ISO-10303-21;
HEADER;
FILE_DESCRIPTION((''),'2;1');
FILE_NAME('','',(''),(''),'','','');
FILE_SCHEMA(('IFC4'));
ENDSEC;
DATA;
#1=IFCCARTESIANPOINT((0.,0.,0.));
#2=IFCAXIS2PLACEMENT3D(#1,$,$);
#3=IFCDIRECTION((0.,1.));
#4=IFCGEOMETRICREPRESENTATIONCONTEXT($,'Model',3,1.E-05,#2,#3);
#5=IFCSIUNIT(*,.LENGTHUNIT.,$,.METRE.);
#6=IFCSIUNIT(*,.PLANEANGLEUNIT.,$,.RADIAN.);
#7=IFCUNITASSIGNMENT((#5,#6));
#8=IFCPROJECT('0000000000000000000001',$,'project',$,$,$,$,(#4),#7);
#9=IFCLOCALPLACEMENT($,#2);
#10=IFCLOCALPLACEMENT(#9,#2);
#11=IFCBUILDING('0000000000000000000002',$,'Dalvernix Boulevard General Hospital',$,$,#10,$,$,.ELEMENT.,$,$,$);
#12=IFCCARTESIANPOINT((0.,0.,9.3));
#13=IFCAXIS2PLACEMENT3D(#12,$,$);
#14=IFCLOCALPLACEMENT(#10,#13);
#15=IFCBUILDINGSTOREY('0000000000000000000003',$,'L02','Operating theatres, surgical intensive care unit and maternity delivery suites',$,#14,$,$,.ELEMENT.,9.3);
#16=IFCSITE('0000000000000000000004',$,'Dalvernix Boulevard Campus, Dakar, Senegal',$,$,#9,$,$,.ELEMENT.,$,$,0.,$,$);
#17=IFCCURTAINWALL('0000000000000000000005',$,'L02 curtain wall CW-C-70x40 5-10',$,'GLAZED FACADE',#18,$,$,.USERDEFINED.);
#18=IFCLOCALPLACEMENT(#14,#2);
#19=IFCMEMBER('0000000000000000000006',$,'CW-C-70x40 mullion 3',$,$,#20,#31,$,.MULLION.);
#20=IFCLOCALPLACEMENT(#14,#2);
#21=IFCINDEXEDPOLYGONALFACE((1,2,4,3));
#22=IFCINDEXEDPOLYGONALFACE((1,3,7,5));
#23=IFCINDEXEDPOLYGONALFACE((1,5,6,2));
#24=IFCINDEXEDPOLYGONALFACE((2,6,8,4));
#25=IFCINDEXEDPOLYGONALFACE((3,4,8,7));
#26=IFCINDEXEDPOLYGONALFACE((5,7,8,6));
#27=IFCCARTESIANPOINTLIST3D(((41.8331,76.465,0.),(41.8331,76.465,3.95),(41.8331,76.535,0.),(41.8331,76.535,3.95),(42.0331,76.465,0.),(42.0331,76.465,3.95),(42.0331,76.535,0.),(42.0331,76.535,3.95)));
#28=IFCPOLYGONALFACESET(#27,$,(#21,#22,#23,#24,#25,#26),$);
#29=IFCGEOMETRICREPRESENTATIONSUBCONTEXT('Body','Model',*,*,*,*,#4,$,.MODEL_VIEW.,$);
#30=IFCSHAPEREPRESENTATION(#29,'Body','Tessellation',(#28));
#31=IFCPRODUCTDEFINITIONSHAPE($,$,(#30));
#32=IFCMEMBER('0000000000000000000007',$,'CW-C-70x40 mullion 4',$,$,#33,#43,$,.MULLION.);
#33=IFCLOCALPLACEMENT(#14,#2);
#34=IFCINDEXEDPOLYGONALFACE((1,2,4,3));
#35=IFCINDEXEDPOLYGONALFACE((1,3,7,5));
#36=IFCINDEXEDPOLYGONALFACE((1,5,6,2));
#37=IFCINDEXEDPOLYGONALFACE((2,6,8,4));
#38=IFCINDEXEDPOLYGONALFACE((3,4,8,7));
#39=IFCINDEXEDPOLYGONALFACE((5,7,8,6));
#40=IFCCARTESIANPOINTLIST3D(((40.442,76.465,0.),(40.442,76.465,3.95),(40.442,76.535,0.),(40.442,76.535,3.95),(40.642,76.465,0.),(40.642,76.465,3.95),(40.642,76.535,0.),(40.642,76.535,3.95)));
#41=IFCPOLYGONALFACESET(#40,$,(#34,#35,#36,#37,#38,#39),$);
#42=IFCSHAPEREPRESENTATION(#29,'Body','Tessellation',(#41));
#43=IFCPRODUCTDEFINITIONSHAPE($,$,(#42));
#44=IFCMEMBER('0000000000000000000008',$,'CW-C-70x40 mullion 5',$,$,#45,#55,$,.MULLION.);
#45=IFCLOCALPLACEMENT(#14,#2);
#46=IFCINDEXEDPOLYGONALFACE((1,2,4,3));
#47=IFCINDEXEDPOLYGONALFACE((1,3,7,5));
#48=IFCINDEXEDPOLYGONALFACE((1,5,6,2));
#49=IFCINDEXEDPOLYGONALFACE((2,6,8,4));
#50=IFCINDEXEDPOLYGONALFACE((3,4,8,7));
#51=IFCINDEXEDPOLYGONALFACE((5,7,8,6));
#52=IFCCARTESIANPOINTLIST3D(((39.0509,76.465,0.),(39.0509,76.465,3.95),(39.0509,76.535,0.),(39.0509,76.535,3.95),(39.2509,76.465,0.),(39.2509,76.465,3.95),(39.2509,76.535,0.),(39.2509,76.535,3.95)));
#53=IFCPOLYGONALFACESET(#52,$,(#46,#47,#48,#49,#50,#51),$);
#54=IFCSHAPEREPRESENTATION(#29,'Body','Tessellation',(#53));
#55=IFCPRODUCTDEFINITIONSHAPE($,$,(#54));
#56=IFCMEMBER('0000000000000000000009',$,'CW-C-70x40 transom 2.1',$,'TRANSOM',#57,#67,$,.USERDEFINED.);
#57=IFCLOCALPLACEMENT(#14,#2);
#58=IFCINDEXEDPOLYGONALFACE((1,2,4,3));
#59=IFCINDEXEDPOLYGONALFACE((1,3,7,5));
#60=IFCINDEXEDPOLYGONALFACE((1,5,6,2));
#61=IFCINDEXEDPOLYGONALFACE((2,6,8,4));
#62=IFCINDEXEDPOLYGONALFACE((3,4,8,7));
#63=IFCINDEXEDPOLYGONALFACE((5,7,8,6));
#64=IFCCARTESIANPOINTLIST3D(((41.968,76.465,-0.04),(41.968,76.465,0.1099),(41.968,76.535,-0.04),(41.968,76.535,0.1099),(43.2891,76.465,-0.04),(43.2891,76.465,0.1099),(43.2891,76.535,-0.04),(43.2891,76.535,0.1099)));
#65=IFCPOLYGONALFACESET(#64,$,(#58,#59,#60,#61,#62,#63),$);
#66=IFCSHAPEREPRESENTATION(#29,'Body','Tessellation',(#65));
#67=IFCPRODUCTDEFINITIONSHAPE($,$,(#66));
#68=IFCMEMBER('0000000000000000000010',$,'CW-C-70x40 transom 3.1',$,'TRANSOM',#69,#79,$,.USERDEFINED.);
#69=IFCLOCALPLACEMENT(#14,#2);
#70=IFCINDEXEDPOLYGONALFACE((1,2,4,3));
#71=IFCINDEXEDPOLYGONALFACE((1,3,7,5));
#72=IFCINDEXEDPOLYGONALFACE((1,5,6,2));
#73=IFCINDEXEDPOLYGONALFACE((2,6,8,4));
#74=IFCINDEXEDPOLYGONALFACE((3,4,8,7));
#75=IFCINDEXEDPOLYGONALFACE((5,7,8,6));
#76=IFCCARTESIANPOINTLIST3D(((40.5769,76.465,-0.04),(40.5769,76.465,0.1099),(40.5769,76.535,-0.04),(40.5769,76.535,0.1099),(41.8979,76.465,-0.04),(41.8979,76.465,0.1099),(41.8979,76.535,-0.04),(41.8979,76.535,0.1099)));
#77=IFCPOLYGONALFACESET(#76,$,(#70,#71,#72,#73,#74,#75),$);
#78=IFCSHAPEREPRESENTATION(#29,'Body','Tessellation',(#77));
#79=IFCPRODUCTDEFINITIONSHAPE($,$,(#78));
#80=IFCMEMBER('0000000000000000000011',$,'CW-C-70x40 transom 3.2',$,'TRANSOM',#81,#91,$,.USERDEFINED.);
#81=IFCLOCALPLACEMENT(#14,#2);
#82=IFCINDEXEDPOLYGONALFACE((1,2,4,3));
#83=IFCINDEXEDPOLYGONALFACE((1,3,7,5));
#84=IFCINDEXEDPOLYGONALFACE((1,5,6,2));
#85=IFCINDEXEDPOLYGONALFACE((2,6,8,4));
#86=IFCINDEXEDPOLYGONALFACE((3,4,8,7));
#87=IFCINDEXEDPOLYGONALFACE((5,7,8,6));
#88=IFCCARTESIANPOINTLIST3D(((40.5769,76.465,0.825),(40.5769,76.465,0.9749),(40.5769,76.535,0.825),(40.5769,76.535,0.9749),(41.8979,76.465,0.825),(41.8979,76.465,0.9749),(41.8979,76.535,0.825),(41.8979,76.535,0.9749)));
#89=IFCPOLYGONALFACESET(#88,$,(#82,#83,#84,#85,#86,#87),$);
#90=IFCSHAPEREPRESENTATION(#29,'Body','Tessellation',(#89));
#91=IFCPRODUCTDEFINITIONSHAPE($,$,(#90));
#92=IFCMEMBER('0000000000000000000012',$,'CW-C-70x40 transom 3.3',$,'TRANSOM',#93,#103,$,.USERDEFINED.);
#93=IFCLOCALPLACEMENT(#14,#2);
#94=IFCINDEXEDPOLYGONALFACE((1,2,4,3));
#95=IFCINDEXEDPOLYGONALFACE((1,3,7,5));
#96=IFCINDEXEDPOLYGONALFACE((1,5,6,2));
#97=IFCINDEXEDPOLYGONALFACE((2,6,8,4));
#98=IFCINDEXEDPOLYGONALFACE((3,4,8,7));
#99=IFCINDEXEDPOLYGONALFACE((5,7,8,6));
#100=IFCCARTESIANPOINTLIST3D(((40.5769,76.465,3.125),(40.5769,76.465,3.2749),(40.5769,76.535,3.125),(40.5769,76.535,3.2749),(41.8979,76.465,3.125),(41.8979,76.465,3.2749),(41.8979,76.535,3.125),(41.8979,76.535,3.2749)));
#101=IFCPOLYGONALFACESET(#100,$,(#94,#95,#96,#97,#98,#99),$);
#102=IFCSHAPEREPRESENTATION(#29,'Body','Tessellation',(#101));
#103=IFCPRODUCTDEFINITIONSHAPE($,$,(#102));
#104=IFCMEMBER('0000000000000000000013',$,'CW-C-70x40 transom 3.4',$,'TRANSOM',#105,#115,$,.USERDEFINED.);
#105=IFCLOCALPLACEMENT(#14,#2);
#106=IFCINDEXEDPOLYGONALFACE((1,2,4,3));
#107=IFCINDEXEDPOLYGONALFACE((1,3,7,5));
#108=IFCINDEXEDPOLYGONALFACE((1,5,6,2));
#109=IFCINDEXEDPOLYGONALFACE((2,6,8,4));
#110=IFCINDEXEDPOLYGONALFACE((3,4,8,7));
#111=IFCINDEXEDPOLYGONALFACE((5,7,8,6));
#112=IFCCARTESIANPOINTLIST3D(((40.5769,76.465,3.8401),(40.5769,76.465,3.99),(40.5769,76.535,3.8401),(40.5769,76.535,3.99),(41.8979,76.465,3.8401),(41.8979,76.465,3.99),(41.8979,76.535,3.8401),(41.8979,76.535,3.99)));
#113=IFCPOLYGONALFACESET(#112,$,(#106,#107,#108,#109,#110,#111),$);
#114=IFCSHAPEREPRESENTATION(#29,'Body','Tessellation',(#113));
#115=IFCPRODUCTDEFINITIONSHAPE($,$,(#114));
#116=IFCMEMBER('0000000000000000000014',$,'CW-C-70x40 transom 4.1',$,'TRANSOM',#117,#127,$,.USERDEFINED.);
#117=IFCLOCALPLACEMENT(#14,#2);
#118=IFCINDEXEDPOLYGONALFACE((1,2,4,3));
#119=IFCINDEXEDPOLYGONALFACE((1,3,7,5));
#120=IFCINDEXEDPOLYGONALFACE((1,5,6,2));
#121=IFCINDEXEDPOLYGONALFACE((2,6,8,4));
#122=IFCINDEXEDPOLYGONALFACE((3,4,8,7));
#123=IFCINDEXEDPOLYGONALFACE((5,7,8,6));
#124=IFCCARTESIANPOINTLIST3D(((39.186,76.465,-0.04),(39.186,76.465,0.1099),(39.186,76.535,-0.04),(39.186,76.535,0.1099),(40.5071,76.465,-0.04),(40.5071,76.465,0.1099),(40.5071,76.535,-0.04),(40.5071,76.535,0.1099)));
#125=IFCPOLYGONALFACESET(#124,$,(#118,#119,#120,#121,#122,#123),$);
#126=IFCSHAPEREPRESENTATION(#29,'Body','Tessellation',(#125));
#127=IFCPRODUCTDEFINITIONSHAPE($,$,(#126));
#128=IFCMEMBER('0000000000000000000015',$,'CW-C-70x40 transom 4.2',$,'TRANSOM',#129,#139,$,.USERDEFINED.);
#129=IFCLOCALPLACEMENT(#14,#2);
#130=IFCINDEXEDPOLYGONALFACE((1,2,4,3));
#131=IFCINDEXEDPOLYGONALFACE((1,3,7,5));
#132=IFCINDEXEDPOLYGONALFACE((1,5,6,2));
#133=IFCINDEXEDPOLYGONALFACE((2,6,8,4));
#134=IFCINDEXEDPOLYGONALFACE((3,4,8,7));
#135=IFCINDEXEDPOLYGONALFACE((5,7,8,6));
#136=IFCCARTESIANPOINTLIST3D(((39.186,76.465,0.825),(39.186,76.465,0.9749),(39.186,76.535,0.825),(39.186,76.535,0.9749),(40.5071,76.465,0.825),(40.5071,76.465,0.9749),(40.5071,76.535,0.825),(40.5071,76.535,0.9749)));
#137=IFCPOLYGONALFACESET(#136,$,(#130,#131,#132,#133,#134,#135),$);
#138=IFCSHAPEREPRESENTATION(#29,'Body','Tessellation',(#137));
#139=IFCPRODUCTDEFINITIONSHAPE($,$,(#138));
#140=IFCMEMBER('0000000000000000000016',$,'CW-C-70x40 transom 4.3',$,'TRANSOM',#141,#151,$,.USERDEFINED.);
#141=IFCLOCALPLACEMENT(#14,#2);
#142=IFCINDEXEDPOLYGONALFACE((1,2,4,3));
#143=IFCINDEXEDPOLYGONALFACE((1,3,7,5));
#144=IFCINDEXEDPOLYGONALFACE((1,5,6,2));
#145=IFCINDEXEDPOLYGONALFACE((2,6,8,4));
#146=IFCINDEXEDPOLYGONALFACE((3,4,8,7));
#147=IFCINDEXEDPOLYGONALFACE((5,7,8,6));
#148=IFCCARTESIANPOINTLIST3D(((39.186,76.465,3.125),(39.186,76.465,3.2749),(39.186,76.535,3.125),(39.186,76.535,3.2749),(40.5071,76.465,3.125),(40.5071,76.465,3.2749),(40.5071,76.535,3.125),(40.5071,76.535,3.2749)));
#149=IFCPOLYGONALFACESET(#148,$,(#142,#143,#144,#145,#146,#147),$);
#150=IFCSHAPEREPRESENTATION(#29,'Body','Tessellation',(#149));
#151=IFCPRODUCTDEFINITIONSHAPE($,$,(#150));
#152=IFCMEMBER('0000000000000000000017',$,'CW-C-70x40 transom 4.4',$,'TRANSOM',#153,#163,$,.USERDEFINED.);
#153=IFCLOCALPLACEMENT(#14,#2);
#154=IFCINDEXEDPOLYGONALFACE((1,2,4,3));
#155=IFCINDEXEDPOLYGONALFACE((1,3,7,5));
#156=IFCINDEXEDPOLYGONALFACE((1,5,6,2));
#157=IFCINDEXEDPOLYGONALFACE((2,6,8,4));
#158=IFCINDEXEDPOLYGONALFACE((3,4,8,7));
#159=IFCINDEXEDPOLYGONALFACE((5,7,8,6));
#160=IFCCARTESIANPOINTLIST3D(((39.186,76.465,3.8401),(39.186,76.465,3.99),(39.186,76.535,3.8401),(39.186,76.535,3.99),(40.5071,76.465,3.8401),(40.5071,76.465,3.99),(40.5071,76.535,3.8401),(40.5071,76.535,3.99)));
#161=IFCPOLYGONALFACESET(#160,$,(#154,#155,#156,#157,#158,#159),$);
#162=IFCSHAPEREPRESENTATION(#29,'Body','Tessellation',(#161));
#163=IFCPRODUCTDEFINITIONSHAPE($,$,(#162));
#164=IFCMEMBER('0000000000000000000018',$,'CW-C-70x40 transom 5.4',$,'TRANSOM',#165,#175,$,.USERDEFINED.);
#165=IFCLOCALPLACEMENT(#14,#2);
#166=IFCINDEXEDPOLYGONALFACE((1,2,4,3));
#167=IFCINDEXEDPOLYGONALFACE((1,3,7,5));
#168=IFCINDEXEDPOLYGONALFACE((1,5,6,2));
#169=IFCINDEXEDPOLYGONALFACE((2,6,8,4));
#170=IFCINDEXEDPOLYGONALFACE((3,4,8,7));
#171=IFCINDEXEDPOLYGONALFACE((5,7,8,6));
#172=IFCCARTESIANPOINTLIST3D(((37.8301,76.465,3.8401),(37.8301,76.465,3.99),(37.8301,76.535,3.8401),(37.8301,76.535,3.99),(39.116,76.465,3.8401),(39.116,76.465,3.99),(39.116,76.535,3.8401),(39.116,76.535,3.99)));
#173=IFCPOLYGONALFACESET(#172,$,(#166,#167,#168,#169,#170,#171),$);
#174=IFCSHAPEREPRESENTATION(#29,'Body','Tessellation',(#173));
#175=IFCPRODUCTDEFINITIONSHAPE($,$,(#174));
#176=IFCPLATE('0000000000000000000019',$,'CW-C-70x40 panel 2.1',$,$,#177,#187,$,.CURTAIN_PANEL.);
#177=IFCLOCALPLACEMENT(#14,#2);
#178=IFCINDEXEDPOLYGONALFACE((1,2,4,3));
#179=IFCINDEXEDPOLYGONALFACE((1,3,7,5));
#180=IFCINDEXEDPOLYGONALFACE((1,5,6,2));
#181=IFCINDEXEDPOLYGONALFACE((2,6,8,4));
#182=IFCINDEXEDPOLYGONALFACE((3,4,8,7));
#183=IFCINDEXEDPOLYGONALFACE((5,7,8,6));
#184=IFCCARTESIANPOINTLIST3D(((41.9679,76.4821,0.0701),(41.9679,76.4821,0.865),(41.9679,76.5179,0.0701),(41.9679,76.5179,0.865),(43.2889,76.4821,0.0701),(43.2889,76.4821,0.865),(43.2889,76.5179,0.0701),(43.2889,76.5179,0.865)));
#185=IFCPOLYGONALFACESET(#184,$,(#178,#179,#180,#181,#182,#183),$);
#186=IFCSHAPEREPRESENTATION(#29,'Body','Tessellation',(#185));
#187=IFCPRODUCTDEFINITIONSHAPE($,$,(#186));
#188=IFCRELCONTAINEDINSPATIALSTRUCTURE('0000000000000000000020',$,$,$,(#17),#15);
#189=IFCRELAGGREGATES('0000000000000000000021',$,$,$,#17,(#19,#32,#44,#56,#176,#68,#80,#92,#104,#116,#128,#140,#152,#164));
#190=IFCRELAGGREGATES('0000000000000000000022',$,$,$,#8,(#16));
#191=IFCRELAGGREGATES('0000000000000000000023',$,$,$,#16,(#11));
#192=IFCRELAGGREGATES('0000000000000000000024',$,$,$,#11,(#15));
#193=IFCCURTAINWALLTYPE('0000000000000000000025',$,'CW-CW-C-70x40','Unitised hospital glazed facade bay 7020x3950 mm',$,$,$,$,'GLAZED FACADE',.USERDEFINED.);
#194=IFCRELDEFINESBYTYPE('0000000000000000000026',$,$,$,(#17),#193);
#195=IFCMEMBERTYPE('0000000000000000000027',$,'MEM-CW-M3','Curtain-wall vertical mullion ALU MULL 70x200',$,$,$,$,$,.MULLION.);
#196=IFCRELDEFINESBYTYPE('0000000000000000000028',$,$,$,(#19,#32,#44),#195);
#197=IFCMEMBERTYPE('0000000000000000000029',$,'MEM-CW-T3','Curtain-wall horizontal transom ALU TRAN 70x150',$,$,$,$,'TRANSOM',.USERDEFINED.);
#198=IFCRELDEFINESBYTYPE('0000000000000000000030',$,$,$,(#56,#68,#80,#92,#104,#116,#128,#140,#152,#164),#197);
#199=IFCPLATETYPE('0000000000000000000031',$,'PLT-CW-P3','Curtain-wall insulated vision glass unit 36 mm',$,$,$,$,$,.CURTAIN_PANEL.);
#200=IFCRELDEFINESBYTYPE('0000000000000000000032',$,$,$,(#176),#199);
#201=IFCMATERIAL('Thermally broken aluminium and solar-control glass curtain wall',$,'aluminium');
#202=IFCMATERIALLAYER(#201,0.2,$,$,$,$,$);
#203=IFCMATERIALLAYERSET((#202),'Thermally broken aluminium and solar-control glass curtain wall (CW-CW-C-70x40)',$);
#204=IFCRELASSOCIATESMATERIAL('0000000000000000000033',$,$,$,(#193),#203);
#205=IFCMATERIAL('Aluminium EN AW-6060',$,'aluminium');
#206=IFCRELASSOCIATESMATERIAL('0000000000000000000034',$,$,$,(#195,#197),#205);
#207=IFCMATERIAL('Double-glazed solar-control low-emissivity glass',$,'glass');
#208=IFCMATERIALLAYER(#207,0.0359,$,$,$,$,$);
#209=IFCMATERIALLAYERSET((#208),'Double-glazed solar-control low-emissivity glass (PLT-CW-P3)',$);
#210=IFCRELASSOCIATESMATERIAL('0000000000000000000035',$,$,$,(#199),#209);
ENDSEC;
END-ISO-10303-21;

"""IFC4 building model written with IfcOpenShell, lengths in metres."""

from ifc_helpers import new_model, si_unit, direction, frame, origin, origin_2d, place, context, subcontext, project, spatial, rectangle, extrude, material, layer, layer_set, material_profile, profile_set, type_object, element, aggregate, save


model = new_model("IFC4")

# Units and contexts
model_context = context("Model", 3, precision=1e-05, world=origin(), true_north=direction((0.0, 1.0)))
body_context = subcontext(model_context, "Body", "Model", "MODEL_VIEW")
ifc_project = project(units=[si_unit("LENGTHUNIT", "METRE"), si_unit("PLANEANGLEUNIT", "RADIAN")], contexts=[model_context])

# Site, building, storey
site_placement = place(None, origin())
site = spatial("IfcSite", under=ifc_project, at=site_placement, Name="Dalvernix Boulevard Campus, Dakar, Senegal", CompositionType="ELEMENT", RefElevation=0.0)
building_placement = place(site_placement, origin())
building = spatial("IfcBuilding", under=site, at=building_placement, Name="Dalvernix Boulevard General Hospital", CompositionType="ELEMENT")
storey_placement = place(building_placement, frame((0.0, 0.0, 9.3)))
storey = spatial("IfcBuildingStorey", under=building, at=storey_placement, Name="L02", Description="Operating theatres, surgical intensive care unit and maternity delivery suites", CompositionType="ELEMENT", Elevation=9.3)

# Curtain wall, members, plate
ifc_material_1 = material(Name="Thermally broken aluminium and solar-control glass curtain wall", Category="aluminium")
ifc_layer_1 = layer(ifc_material_1, 0.2)
ifc_layer_set_1 = layer_set([ifc_layer_1], Name="Thermally broken aluminium and solar-control glass curtain wall (CW-CW-C-70x40)")
curtain_wall_type = type_object("IfcCurtainWallType", Name="CW-CW-C-70x40", Description="Unitised hospital glazed facade bay 7020x3950 mm", ElementType="GLAZED FACADE", PredefinedType="USERDEFINED", material=ifc_layer_set_1)
curtain_wall_placement = place(storey_placement, origin())
curtain_wall = element("IfcCurtainWall", 1, at=curtain_wall_placement, inside=storey, type_object=curtain_wall_type, Name="L02 curtain wall CW-C-70x40 5-10", ObjectType="GLAZED FACADE", PredefinedType="USERDEFINED")
ifc_material_2 = material(Name="Aluminium EN AW-6060", Category="aluminium")
ifc_material_profile_1 = material_profile(ifc_material_2, rectangle(XDim=0.0701, YDim=0.2, at=origin_2d()), Name="ALU MULL 70x200")
ifc_profile_set_1 = profile_set([ifc_material_profile_1], Name="Aluminium EN AW-6060")
member_type_1 = type_object("IfcMemberType", Name="MEM-CW-M3", Description="Curtain-wall vertical mullion ALU MULL 70x200", PredefinedType="MULLION", material=ifc_profile_set_1)
member_1_placement = place(storey_placement, frame((41.9331, 76.5, 0.0), z_axis=(0.0, 0.0, 1.0), x_axis=(0.0, -1.0, 0.0)))
member_1 = element("IfcMember", 2, at=member_1_placement, type_object=member_type_1, Name="CW-C-70x40 mullion 3", PredefinedType="MULLION", context=body_context, shape_type="SweptSolid", body=[
    extrude(rectangle(XDim=0.0701, YDim=0.2, at=origin_2d()), origin(), (0.0, 0.0, 1.0), 3.95),
])
member_2_placement = place(storey_placement, frame((40.542, 76.5, 0.0), z_axis=(0.0, 0.0, 1.0), x_axis=(0.0, -1.0, 0.0)))
member_2 = element("IfcMember", 3, at=member_2_placement, type_object=member_type_1, Name="CW-C-70x40 mullion 4", PredefinedType="MULLION", context=body_context, shape_type="SweptSolid", body=[
    extrude(rectangle(XDim=0.0701, YDim=0.2, at=origin_2d()), origin(), (0.0, 0.0, 1.0), 3.95),
])
member_3_placement = place(storey_placement, frame((39.1509, 76.5, 0.0), z_axis=(0.0, 0.0, 1.0), x_axis=(0.0, -1.0, 0.0)))
member_3 = element("IfcMember", 4, at=member_3_placement, type_object=member_type_1, Name="CW-C-70x40 mullion 5", PredefinedType="MULLION", context=body_context, shape_type="SweptSolid", body=[
    extrude(rectangle(XDim=0.0701, YDim=0.2, at=origin_2d()), origin(), (0.0, 0.0, 1.0), 3.95),
])
ifc_material_profile_2 = material_profile(ifc_material_2, rectangle(XDim=0.0701, YDim=0.1499, at=origin_2d()), Name="ALU TRAN 70x150")
ifc_profile_set_2 = profile_set([ifc_material_profile_2], Name="Aluminium EN AW-6060")
member_type_2 = type_object("IfcMemberType", Name="MEM-CW-T3", Description="Curtain-wall horizontal transom ALU TRAN 70x150", ElementType="TRANSOM", PredefinedType="USERDEFINED", material=ifc_profile_set_2)
member_4_placement = place(storey_placement, frame((43.2891, 76.5, 0.0349), z_axis=(-1.0, 0.0, 0.0), x_axis=(0.0, -1.0, 0.0)))
member_4 = element("IfcMember", 5, at=member_4_placement, type_object=member_type_2, Name="CW-C-70x40 transom 2.1", ObjectType="TRANSOM", PredefinedType="USERDEFINED", context=body_context, shape_type="SweptSolid", body=[
    extrude(rectangle(XDim=0.0701, YDim=0.1499, at=origin_2d()), origin(), (0.0, 0.0, 1.0), 1.321),
])
member_5_placement = place(storey_placement, frame((41.8979, 76.5, 0.0349), z_axis=(-1.0, 0.0, 0.0), x_axis=(0.0, -1.0, 0.0)))
member_5 = element("IfcMember", 6, at=member_5_placement, type_object=member_type_2, Name="CW-C-70x40 transom 3.1", ObjectType="TRANSOM", PredefinedType="USERDEFINED", context=body_context, shape_type="SweptSolid", body=[
    extrude(rectangle(XDim=0.0701, YDim=0.1499, at=origin_2d()), origin(), (0.0, 0.0, 1.0), 1.321),
])
member_6_placement = place(storey_placement, frame((41.8979, 76.5, 0.8999), z_axis=(-1.0, 0.0, 0.0), x_axis=(0.0, -1.0, 0.0)))
member_6 = element("IfcMember", 7, at=member_6_placement, type_object=member_type_2, Name="CW-C-70x40 transom 3.2", ObjectType="TRANSOM", PredefinedType="USERDEFINED", context=body_context, shape_type="SweptSolid", body=[
    extrude(rectangle(XDim=0.0701, YDim=0.1499, at=origin_2d()), origin(), (0.0, 0.0, 1.0), 1.321),
])
member_7_placement = place(storey_placement, frame((41.8979, 76.5, 3.2), z_axis=(-1.0, 0.0, 0.0), x_axis=(0.0, -1.0, 0.0)))
member_7 = element("IfcMember", 8, at=member_7_placement, type_object=member_type_2, Name="CW-C-70x40 transom 3.3", ObjectType="TRANSOM", PredefinedType="USERDEFINED", context=body_context, shape_type="SweptSolid", body=[
    extrude(rectangle(XDim=0.0701, YDim=0.1499, at=origin_2d()), origin(), (0.0, 0.0, 1.0), 1.321),
])
member_8_placement = place(storey_placement, frame((41.8979, 76.5, 3.915), z_axis=(-1.0, 0.0, 0.0), x_axis=(0.0, -1.0, 0.0)))
member_8 = element("IfcMember", 9, at=member_8_placement, type_object=member_type_2, Name="CW-C-70x40 transom 3.4", ObjectType="TRANSOM", PredefinedType="USERDEFINED", context=body_context, shape_type="SweptSolid", body=[
    extrude(rectangle(XDim=0.0701, YDim=0.1499, at=origin_2d()), origin(), (0.0, 0.0, 1.0), 1.321),
])
member_9_placement = place(storey_placement, frame((40.5071, 76.5, 0.0349), z_axis=(-1.0, 0.0, 0.0), x_axis=(0.0, -1.0, 0.0)))
member_9 = element("IfcMember", 10, at=member_9_placement, type_object=member_type_2, Name="CW-C-70x40 transom 4.1", ObjectType="TRANSOM", PredefinedType="USERDEFINED", context=body_context, shape_type="SweptSolid", body=[
    extrude(rectangle(XDim=0.0701, YDim=0.1499, at=origin_2d()), origin(), (0.0, 0.0, 1.0), 1.321),
])
member_10_placement = place(storey_placement, frame((40.5071, 76.5, 0.8999), z_axis=(-1.0, 0.0, 0.0), x_axis=(0.0, -1.0, 0.0)))
member_10 = element("IfcMember", 11, at=member_10_placement, type_object=member_type_2, Name="CW-C-70x40 transom 4.2", ObjectType="TRANSOM", PredefinedType="USERDEFINED", context=body_context, shape_type="SweptSolid", body=[
    extrude(rectangle(XDim=0.0701, YDim=0.1499, at=origin_2d()), origin(), (0.0, 0.0, 1.0), 1.321),
])
member_11_placement = place(storey_placement, frame((40.5071, 76.5, 3.2), z_axis=(-1.0, 0.0, 0.0), x_axis=(0.0, -1.0, 0.0)))
member_11 = element("IfcMember", 12, at=member_11_placement, type_object=member_type_2, Name="CW-C-70x40 transom 4.3", ObjectType="TRANSOM", PredefinedType="USERDEFINED", context=body_context, shape_type="SweptSolid", body=[
    extrude(rectangle(XDim=0.0701, YDim=0.1499, at=origin_2d()), origin(), (0.0, 0.0, 1.0), 1.321),
])
member_12_placement = place(storey_placement, frame((40.5071, 76.5, 3.915), z_axis=(-1.0, 0.0, 0.0), x_axis=(0.0, -1.0, 0.0)))
member_12 = element("IfcMember", 13, at=member_12_placement, type_object=member_type_2, Name="CW-C-70x40 transom 4.4", ObjectType="TRANSOM", PredefinedType="USERDEFINED", context=body_context, shape_type="SweptSolid", body=[
    extrude(rectangle(XDim=0.0701, YDim=0.1499, at=origin_2d()), origin(), (0.0, 0.0, 1.0), 1.321),
])
member_13_placement = place(storey_placement, frame((39.116, 76.5, 3.915), z_axis=(-1.0, 0.0, 0.0), x_axis=(0.0, -1.0, 0.0)))
member_13 = element("IfcMember", 14, at=member_13_placement, type_object=member_type_2, Name="CW-C-70x40 transom 5.4", ObjectType="TRANSOM", PredefinedType="USERDEFINED", context=body_context, shape_type="SweptSolid", body=[
    extrude(rectangle(XDim=0.0701, YDim=0.1499, at=origin_2d()), origin(), (0.0, 0.0, 1.0), 1.2859),
])
ifc_material_3 = material(Name="Double-glazed solar-control low-emissivity glass", Category="glass")
ifc_layer_2 = layer(ifc_material_3, 0.0359)
ifc_layer_set_2 = layer_set([ifc_layer_2], Name="Double-glazed solar-control low-emissivity glass (PLT-CW-P3)")
plate_type = type_object("IfcPlateType", Name="PLT-CW-P3", Description="Curtain-wall insulated vision glass unit 36 mm", PredefinedType="CURTAIN_PANEL", material=ifc_layer_set_2)
plate_1_placement = place(storey_placement, frame((42.6284, 76.5, 0.0701), z_axis=(0.0, 0.0, 1.0), x_axis=(-1.0, 0.0, 0.0)))
plate_1 = element("IfcPlate", 15, at=plate_1_placement, type_object=plate_type, Name="CW-C-70x40 panel 2.1", PredefinedType="CURTAIN_PANEL", context=body_context, shape_type="SweptSolid", body=[
    extrude(rectangle(XDim=1.321, YDim=0.0359, at=origin_2d()), origin(), (0.0, 0.0, 1.0), 0.7949),
])
aggregate(curtain_wall, [member_1, member_2, member_3, member_4, plate_1, member_5, member_6, member_7, member_8, member_9, member_10, member_11, member_12, member_13])

save(model, "model.ifc")
